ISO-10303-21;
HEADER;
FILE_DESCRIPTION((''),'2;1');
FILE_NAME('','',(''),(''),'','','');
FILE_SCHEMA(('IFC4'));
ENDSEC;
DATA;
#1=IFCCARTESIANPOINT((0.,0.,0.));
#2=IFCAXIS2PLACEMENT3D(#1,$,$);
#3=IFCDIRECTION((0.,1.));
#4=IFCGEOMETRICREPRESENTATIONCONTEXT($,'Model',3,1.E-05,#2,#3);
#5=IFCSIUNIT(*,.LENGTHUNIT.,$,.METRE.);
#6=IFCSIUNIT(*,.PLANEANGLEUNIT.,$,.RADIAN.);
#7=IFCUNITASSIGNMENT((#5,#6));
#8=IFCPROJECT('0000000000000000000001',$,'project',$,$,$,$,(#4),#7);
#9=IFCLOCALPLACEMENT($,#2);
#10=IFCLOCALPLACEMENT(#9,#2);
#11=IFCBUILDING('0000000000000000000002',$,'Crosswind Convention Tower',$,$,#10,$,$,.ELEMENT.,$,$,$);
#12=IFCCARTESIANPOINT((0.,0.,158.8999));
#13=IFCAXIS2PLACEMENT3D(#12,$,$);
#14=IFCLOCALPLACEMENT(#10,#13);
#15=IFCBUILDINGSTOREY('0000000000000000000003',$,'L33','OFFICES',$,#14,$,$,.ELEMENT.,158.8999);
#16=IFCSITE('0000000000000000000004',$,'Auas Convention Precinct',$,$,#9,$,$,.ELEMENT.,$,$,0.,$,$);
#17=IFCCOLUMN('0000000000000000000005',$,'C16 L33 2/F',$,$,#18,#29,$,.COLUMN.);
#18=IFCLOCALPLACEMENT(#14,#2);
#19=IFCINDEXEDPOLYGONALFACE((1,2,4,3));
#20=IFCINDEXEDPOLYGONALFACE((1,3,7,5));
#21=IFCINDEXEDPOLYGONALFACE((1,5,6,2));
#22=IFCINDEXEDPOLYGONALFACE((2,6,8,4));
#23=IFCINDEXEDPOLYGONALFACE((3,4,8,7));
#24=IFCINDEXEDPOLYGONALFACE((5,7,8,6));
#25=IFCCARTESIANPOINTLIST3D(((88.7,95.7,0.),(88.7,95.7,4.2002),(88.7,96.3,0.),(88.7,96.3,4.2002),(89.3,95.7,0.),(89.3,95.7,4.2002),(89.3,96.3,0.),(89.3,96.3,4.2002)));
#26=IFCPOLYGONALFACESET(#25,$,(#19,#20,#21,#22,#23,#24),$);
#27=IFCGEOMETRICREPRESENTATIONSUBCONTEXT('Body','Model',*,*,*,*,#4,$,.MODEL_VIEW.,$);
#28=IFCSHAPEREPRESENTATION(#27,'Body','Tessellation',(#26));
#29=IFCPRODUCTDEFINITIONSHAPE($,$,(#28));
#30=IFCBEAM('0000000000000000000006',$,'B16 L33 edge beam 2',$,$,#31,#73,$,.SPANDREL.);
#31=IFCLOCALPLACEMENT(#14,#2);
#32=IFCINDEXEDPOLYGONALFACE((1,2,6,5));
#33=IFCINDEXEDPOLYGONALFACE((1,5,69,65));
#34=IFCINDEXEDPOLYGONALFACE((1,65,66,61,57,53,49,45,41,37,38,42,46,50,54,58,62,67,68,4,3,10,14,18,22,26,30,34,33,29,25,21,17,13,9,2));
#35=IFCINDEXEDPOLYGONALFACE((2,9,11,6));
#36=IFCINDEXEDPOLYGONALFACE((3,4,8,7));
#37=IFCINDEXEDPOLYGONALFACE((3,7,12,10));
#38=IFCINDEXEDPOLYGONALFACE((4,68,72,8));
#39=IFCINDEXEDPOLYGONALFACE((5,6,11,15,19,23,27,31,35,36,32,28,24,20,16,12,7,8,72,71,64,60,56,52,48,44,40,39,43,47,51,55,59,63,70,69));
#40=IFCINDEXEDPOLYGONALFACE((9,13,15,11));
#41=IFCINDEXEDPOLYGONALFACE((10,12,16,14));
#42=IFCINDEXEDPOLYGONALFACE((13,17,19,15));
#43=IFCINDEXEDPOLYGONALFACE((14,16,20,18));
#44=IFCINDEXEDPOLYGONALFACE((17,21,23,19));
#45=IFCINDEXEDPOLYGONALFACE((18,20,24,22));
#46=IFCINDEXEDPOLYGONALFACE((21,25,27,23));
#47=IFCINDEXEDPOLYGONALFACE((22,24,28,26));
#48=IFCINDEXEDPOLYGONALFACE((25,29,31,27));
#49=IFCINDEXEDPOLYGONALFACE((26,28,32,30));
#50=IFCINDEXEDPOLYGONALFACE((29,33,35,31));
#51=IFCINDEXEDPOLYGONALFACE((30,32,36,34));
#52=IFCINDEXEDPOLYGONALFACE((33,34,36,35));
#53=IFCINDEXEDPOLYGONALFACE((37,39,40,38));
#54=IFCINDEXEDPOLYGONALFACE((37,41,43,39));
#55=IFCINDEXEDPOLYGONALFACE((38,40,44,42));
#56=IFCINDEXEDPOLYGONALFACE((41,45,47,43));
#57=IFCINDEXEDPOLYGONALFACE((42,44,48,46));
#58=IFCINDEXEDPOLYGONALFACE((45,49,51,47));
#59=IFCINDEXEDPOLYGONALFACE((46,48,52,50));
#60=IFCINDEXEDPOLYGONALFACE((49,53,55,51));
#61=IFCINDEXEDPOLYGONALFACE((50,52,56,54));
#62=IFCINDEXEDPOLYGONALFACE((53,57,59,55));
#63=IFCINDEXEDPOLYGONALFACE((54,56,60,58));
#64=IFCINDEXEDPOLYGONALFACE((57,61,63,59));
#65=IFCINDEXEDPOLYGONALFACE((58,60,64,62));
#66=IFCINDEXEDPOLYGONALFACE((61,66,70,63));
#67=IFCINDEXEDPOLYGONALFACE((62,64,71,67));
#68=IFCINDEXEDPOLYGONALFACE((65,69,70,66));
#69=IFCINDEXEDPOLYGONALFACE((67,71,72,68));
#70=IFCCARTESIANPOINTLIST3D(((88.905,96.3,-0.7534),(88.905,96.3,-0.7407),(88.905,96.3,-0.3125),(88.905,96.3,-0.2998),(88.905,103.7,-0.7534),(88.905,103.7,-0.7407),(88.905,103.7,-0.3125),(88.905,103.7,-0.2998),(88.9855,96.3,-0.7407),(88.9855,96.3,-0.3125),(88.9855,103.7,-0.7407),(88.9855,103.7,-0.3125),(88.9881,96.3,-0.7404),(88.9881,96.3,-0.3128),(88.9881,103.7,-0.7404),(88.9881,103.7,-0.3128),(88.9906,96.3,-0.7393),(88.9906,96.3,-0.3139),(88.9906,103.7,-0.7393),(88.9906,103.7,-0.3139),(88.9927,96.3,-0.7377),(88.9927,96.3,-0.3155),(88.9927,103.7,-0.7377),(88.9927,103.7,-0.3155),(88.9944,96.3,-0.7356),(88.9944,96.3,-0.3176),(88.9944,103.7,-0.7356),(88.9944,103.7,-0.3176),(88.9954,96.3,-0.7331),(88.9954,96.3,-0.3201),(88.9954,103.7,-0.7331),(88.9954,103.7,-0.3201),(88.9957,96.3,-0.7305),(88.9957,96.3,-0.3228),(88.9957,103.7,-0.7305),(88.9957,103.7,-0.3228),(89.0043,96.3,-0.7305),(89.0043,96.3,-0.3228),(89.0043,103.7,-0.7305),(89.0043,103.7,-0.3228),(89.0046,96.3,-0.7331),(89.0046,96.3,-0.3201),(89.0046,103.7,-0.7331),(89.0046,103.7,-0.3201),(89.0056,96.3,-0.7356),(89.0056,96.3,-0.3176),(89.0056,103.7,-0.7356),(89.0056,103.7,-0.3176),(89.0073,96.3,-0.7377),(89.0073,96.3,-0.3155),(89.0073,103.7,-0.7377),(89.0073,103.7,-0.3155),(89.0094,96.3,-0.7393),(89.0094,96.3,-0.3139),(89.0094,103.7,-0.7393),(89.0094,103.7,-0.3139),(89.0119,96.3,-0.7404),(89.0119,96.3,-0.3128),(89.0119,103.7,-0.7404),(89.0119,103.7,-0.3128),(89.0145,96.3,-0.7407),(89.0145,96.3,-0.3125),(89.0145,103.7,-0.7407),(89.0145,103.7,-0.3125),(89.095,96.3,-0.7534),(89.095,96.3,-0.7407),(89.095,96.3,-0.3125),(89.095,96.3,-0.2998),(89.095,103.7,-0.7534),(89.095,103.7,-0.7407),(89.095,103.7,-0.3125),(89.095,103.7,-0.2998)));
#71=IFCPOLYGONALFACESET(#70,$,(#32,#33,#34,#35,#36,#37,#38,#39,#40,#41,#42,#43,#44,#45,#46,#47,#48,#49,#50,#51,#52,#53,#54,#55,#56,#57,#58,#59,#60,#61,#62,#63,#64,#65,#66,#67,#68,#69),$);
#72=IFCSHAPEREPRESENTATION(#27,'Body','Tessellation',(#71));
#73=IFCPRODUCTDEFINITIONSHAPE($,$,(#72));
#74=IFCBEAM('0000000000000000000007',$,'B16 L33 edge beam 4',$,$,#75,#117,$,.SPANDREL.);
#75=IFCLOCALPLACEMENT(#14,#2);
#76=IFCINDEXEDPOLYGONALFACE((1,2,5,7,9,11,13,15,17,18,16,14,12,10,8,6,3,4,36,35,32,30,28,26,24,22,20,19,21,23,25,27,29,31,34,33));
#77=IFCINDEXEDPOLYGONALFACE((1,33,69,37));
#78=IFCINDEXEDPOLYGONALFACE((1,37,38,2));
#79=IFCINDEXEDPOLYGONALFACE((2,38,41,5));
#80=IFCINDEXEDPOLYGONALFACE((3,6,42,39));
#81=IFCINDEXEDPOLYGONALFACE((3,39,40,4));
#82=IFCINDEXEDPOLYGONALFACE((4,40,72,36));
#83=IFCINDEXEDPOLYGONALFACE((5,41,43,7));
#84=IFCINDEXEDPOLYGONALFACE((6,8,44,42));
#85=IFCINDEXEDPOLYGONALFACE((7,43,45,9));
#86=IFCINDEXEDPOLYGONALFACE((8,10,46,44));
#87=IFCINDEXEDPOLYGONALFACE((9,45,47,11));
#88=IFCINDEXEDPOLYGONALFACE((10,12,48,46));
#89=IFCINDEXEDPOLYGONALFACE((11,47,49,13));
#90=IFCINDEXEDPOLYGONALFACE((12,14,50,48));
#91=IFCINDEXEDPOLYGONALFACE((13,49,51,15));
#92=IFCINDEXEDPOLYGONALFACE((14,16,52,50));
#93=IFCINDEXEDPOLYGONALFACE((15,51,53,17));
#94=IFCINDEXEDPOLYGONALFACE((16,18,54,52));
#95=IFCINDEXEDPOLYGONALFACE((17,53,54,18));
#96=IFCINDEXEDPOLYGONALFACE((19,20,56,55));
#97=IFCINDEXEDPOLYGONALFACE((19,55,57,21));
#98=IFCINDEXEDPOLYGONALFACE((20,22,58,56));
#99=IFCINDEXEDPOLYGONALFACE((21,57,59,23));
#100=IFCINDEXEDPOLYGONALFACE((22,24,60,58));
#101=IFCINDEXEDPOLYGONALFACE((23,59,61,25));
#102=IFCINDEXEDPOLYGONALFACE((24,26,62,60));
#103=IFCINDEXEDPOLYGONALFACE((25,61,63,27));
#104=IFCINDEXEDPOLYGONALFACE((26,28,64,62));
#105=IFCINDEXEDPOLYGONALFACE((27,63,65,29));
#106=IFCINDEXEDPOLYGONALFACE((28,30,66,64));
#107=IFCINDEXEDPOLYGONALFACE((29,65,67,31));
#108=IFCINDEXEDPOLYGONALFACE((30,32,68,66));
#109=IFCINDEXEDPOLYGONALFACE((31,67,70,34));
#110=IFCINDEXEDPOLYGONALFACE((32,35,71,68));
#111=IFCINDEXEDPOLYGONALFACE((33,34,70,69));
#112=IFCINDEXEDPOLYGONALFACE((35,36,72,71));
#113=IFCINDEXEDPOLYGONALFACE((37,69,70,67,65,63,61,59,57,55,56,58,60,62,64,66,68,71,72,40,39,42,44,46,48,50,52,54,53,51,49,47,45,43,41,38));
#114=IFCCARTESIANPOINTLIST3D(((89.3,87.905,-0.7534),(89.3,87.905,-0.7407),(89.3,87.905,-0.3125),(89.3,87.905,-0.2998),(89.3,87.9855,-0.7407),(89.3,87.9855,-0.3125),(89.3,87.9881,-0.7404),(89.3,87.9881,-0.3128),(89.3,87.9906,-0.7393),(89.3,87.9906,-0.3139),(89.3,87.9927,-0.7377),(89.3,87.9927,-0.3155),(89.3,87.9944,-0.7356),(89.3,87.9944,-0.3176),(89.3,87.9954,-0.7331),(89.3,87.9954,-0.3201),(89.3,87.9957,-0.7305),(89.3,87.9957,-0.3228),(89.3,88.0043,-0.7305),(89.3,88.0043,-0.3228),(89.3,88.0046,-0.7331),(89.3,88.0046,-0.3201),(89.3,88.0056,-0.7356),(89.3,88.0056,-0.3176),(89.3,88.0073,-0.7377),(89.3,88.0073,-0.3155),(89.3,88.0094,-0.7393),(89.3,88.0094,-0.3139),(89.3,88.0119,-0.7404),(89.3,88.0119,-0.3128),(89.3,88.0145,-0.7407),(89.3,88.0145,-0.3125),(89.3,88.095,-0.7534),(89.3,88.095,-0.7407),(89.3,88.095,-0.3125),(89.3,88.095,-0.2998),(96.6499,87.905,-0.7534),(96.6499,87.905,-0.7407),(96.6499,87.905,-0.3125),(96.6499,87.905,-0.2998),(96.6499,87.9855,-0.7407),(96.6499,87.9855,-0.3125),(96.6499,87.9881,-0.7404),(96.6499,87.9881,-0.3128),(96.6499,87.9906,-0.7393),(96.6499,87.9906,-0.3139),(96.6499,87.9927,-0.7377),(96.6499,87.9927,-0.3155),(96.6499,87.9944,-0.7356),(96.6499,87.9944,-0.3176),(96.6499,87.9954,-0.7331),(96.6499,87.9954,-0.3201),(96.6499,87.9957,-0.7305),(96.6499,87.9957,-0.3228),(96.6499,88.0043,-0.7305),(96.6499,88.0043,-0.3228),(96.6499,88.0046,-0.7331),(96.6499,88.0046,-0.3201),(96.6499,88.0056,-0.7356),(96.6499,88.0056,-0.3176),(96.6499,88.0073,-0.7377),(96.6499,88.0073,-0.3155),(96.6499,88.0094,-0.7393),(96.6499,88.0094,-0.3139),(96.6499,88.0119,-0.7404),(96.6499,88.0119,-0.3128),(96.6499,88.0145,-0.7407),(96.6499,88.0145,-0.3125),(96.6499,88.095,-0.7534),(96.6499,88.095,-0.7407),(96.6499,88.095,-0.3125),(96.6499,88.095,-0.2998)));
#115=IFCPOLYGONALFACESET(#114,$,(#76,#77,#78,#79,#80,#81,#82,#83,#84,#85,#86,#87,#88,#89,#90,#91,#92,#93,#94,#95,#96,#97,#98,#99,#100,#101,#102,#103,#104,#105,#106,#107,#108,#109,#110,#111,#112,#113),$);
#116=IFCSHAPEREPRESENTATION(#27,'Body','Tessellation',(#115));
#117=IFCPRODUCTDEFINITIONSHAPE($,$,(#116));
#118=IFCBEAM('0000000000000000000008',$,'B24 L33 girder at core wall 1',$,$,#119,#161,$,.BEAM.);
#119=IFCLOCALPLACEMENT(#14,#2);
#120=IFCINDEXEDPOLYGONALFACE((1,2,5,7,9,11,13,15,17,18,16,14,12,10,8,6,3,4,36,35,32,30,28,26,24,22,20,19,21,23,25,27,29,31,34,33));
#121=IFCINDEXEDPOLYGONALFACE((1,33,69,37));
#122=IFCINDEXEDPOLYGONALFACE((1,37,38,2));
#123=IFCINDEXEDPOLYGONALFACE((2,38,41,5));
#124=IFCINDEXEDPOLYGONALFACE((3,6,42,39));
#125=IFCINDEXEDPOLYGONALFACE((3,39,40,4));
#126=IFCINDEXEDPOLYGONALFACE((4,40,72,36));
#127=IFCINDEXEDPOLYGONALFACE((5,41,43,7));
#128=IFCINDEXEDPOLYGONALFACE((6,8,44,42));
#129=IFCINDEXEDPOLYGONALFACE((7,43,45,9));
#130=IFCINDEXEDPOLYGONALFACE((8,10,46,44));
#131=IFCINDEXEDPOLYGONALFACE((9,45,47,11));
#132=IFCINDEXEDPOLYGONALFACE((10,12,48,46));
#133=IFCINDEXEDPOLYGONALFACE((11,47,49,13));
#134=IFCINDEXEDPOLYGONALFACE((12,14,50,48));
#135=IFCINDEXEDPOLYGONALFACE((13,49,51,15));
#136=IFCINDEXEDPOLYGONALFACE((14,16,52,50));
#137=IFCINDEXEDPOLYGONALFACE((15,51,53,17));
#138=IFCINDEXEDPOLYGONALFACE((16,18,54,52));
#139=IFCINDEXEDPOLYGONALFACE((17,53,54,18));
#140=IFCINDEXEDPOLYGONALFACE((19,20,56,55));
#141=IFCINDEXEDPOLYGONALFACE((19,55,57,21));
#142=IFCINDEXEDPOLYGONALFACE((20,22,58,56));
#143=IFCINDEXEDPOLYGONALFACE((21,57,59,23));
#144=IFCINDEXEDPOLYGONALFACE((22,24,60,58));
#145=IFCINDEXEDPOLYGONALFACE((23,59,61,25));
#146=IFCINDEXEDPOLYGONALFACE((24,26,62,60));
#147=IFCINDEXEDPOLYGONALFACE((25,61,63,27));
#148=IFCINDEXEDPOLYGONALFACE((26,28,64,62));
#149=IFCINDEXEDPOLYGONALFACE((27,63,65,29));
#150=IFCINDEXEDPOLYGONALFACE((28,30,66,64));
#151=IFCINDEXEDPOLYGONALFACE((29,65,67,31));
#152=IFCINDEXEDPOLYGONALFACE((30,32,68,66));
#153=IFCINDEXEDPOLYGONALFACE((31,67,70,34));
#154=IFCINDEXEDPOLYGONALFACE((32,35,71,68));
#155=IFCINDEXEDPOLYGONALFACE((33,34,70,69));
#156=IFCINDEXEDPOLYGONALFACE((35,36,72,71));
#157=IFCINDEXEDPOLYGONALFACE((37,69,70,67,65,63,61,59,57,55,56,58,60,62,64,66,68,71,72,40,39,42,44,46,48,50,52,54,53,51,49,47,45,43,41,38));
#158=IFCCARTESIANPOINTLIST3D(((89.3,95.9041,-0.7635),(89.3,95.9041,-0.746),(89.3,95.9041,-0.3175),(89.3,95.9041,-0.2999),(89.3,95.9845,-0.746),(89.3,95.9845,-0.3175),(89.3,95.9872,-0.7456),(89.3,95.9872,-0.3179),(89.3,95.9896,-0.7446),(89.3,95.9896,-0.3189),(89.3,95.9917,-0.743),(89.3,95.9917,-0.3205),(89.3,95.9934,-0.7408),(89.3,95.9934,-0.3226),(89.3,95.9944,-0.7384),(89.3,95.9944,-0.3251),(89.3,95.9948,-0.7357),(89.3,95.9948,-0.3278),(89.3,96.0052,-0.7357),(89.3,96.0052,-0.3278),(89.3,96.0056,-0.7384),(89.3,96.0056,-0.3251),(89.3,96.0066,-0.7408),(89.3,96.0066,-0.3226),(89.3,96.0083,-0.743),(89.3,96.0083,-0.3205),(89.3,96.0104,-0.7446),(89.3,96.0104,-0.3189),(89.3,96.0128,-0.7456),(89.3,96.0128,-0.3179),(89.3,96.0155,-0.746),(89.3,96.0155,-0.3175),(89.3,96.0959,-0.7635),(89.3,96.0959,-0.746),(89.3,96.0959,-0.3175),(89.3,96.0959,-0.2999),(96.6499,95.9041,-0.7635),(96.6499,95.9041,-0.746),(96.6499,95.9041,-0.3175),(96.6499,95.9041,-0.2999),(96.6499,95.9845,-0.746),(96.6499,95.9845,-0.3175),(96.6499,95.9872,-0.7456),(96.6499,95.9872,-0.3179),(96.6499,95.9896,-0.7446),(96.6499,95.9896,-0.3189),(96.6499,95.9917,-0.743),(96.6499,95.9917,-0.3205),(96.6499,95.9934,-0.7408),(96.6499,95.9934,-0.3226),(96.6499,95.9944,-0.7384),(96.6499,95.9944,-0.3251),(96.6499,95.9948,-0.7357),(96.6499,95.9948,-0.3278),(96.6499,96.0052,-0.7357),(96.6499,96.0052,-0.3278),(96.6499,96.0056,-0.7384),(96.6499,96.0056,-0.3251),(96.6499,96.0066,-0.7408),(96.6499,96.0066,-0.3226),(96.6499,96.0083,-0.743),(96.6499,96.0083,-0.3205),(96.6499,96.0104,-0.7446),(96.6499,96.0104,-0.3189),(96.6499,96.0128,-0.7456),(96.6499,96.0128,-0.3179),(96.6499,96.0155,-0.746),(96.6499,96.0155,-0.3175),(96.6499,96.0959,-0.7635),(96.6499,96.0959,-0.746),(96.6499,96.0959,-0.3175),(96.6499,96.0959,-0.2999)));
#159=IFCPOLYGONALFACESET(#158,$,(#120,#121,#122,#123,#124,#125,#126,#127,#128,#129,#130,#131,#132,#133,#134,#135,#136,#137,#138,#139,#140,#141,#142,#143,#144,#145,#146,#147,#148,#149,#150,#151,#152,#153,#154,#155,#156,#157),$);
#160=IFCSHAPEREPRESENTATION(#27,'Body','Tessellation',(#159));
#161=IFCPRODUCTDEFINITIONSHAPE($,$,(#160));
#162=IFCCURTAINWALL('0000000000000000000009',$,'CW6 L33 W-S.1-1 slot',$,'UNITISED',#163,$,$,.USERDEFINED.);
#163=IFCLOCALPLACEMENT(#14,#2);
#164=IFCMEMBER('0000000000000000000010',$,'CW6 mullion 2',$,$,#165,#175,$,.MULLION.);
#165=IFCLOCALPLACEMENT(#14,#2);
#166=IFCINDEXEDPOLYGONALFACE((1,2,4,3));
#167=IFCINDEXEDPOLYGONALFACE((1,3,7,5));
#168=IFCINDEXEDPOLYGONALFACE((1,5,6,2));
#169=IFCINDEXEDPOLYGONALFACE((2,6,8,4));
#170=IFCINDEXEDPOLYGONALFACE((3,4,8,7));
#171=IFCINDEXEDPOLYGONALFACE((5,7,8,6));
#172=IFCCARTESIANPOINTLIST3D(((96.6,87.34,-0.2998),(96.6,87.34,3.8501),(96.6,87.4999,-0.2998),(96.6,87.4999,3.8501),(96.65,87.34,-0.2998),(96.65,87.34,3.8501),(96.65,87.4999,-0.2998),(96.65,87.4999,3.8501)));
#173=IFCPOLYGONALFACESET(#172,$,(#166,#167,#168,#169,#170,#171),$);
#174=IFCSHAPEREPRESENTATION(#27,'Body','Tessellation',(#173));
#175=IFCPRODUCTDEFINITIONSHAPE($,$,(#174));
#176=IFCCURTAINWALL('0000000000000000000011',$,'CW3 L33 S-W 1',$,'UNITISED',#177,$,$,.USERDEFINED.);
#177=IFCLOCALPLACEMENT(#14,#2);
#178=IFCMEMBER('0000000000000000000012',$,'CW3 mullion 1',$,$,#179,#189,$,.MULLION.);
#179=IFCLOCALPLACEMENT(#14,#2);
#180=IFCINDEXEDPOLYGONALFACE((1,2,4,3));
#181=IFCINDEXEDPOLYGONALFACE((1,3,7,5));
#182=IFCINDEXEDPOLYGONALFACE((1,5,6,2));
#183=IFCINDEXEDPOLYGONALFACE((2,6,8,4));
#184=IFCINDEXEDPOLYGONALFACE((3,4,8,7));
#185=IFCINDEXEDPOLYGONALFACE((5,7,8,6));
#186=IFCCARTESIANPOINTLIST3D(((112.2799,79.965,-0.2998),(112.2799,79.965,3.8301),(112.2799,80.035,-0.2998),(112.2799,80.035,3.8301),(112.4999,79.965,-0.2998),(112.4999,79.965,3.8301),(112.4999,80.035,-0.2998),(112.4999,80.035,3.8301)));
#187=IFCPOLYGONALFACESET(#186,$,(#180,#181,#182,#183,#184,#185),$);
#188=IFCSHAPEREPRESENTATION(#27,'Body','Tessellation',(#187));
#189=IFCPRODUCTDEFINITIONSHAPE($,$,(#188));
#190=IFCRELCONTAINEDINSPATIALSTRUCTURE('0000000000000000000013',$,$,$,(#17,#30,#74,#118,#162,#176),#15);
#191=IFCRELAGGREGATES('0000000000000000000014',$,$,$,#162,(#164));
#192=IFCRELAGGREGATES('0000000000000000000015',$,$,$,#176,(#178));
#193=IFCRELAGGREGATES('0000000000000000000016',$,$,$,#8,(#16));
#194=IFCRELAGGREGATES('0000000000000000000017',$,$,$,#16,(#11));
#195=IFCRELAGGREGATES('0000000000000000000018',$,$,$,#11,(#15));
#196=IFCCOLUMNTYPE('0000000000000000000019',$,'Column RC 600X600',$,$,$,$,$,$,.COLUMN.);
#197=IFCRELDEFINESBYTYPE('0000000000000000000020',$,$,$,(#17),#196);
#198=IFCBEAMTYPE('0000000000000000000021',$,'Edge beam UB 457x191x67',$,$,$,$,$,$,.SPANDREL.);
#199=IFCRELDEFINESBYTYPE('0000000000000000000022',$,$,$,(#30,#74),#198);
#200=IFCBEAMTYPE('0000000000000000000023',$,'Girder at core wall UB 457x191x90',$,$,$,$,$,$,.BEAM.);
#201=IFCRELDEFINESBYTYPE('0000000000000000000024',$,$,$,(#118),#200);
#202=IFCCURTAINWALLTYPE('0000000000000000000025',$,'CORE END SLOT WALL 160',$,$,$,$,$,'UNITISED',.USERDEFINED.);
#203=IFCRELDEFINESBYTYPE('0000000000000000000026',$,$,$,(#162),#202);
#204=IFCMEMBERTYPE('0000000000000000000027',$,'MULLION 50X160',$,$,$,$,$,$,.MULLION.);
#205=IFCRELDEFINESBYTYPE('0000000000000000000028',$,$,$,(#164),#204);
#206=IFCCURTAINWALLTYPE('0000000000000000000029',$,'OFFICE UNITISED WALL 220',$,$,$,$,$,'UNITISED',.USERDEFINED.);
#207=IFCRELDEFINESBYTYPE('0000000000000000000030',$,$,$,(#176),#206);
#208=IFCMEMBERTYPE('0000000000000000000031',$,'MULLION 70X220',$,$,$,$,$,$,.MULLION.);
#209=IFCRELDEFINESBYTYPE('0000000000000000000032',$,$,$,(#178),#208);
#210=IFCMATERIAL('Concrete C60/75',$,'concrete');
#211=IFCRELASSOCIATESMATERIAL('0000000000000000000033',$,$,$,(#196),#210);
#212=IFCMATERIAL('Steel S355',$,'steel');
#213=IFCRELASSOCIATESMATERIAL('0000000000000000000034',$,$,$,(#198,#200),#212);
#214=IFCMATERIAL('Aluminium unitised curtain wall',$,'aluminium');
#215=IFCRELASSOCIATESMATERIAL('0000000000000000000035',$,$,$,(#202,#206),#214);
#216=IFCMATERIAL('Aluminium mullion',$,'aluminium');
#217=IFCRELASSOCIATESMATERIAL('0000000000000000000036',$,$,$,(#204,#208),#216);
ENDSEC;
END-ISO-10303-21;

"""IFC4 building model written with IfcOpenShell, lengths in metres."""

from ifc_helpers import new_model, si_unit, direction, frame, origin, origin_2d, place, context, subcontext, project, spatial, rectangle, i_section, extrude, material, material_profile, profile_set, type_object, element, aggregate, save


model = new_model("IFC4")

# Units and contexts
model_context = context("Model", 3, precision=1e-05, world=origin(), true_north=direction((0.0, 1.0)))
body_context = subcontext(model_context, "Body", "Model", "MODEL_VIEW")
ifc_project = project(units=[si_unit("LENGTHUNIT", "METRE"), si_unit("PLANEANGLEUNIT", "RADIAN")], contexts=[model_context])

# Site, building, storey
site_placement = place(None, origin())
site = spatial("IfcSite", under=ifc_project, at=site_placement, Name="Auas Convention Precinct", CompositionType="ELEMENT", RefElevation=0.0)
building_placement = place(site_placement, origin())
building = spatial("IfcBuilding", under=site, at=building_placement, Name="Crosswind Convention Tower", CompositionType="ELEMENT")
storey_placement = place(building_placement, frame((0.0, 0.0, 158.8999)))
storey = spatial("IfcBuildingStorey", under=building, at=storey_placement, Name="L33", Description="OFFICES", CompositionType="ELEMENT", Elevation=158.8999)

# Column
ifc_material_1 = material(Name="Concrete C60/75", Category="concrete")
ifc_material_profile_1 = material_profile(ifc_material_1, rectangle(XDim=0.6001, YDim=0.6001, at=origin_2d()), Name="RC 600X600")
ifc_profile_set_1 = profile_set([ifc_material_profile_1], Name="Concrete C60/75")
column_type = type_object("IfcColumnType", Name="Column RC 600X600", PredefinedType="COLUMN", material=ifc_profile_set_1)
column_placement = place(storey_placement, frame((89.0, 96.0, 0.0), z_axis=(0.0, 0.0, 1.0), x_axis=(1.0, 0.0, 0.0)))
element("IfcColumn", 1, at=column_placement, inside=storey, type_object=column_type, Name="C16 L33 2/F", PredefinedType="COLUMN", context=body_context, shape_type="SweptSolid", body=[
    extrude(rectangle(XDim=0.6001, YDim=0.6001, at=origin_2d()), origin(), (0.0, 0.0, 1.0), 4.2002),
])

# Beams
ifc_material_2 = material(Name="Steel S355", Category="steel")
ifc_material_profile_2 = material_profile(ifc_material_2, i_section(OverallWidth=0.1899, OverallDepth=0.4536, WebThickness=0.0085, FlangeThickness=0.0127, FilletRadius=0.0103, at=origin_2d()), Name="UB 457x191x67")
ifc_profile_set_2 = profile_set([ifc_material_profile_2], Name="Steel S355")
beam_type_1 = type_object("IfcBeamType", Name="Edge beam UB 457x191x67", PredefinedType="SPANDREL", material=ifc_profile_set_2)
beam_1_placement = place(storey_placement, frame((89.0, 96.3, -0.5266), z_axis=(0.0, 1.0, 0.0), x_axis=(-1.0, 0.0, 0.0)))
element("IfcBeam", 2, at=beam_1_placement, inside=storey, type_object=beam_type_1, Name="B16 L33 edge beam 2", PredefinedType="SPANDREL", context=body_context, shape_type="SweptSolid", body=[
    extrude(i_section(OverallWidth=0.1899, OverallDepth=0.4536, WebThickness=0.0085, FlangeThickness=0.0127, FilletRadius=0.0103, at=origin_2d()), origin(), (0.0, 0.0, 1.0), 7.3999),
])
beam_2_placement = place(storey_placement, frame((89.3, 88.0, -0.5266), z_axis=(1.0, 0.0, 0.0), x_axis=(0.0, 1.0, 0.0)))
element("IfcBeam", 3, at=beam_2_placement, inside=storey, type_object=beam_type_1, Name="B16 L33 edge beam 4", PredefinedType="SPANDREL", context=body_context, shape_type="SweptSolid", body=[
    extrude(i_section(OverallWidth=0.1899, OverallDepth=0.4536, WebThickness=0.0085, FlangeThickness=0.0127, FilletRadius=0.0103, at=origin_2d()), origin(), (0.0, 0.0, 1.0), 7.3499),
])
ifc_material_profile_3 = material_profile(ifc_material_2, i_section(OverallWidth=0.1919, OverallDepth=0.4636, WebThickness=0.0105, FlangeThickness=0.0176, FilletRadius=0.0103, at=origin_2d()), Name="UB 457x191x90")
ifc_profile_set_3 = profile_set([ifc_material_profile_3], Name="Steel S355")
beam_type_2 = type_object("IfcBeamType", Name="Girder at core wall UB 457x191x90", PredefinedType="BEAM", material=ifc_profile_set_3)
beam_3_placement = place(storey_placement, frame((89.3, 96.0, -0.5317), z_axis=(1.0, 0.0, 0.0), x_axis=(0.0, 1.0, 0.0)))
element("IfcBeam", 4, at=beam_3_placement, inside=storey, type_object=beam_type_2, Name="B24 L33 girder at core wall 1", PredefinedType="BEAM", context=body_context, shape_type="SweptSolid", body=[
    extrude(i_section(OverallWidth=0.1919, OverallDepth=0.4636, WebThickness=0.0105, FlangeThickness=0.0176, FilletRadius=0.0103, at=origin_2d()), origin(), (0.0, 0.0, 1.0), 7.3499),
])

# Curtain wall, member
ifc_material_3 = material(Name="Aluminium unitised curtain wall", Category="aluminium")
curtain_wall_type_1 = type_object("IfcCurtainWallType", Name="CORE END SLOT WALL 160", ElementType="UNITISED", PredefinedType="USERDEFINED", material=ifc_material_3)
curtain_wall_1_placement = place(storey_placement, origin())
curtain_wall_1 = element("IfcCurtainWall", 5, at=curtain_wall_1_placement, inside=storey, type_object=curtain_wall_type_1, Name="CW6 L33 W-S.1-1 slot", ObjectType="UNITISED", PredefinedType="USERDEFINED")
ifc_material_4 = material(Name="Aluminium mullion", Category="aluminium")
ifc_material_profile_4 = material_profile(ifc_material_4, rectangle(XDim=0.1599, YDim=0.05, at=origin_2d()), Name="AL 160X50")
ifc_profile_set_4 = profile_set([ifc_material_profile_4], Name="Aluminium mullion")
member_type_1 = type_object("IfcMemberType", Name="MULLION 50X160", PredefinedType="MULLION", material=ifc_profile_set_4)
member_1_placement = place(storey_placement, frame((96.625, 87.4199, -0.2998), z_axis=(0.0, 0.0, 1.0), x_axis=(0.0, -1.0, 0.0)))
member_1 = element("IfcMember", 6, at=member_1_placement, type_object=member_type_1, Name="CW6 mullion 2", PredefinedType="MULLION", context=body_context, shape_type="SweptSolid", body=[
    extrude(rectangle(XDim=0.1599, YDim=0.05, at=origin_2d()), origin(), (0.0, 0.0, 1.0), 4.1499),
])
aggregate(curtain_wall_1, [member_1])

# Curtain wall, member
curtain_wall_type_2 = type_object("IfcCurtainWallType", Name="OFFICE UNITISED WALL 220", ElementType="UNITISED", PredefinedType="USERDEFINED", material=ifc_material_3)
curtain_wall_2_placement = place(storey_placement, origin())
curtain_wall_2 = element("IfcCurtainWall", 7, at=curtain_wall_2_placement, inside=storey, type_object=curtain_wall_type_2, Name="CW3 L33 S-W 1", ObjectType="UNITISED", PredefinedType="USERDEFINED")
ifc_material_profile_5 = material_profile(ifc_material_4, rectangle(XDim=0.22, YDim=0.0701, at=origin_2d()), Name="AL 220X70")
ifc_profile_set_5 = profile_set([ifc_material_profile_5], Name="Aluminium mullion")
member_type_2 = type_object("IfcMemberType", Name="MULLION 70X220", PredefinedType="MULLION", material=ifc_profile_set_5)
member_2_placement = place(storey_placement, frame((112.3899, 80.0, -0.2998), z_axis=(0.0, 0.0, 1.0), x_axis=(-1.0, 0.0, 0.0)))
member_2 = element("IfcMember", 8, at=member_2_placement, type_object=member_type_2, Name="CW3 mullion 1", PredefinedType="MULLION", context=body_context, shape_type="SweptSolid", body=[
    extrude(rectangle(XDim=0.22, YDim=0.0701, at=origin_2d()), origin(), (0.0, 0.0, 1.0), 4.1299),
])

aggregate(curtain_wall_2, [member_2])

save(model, "model.ifc")
